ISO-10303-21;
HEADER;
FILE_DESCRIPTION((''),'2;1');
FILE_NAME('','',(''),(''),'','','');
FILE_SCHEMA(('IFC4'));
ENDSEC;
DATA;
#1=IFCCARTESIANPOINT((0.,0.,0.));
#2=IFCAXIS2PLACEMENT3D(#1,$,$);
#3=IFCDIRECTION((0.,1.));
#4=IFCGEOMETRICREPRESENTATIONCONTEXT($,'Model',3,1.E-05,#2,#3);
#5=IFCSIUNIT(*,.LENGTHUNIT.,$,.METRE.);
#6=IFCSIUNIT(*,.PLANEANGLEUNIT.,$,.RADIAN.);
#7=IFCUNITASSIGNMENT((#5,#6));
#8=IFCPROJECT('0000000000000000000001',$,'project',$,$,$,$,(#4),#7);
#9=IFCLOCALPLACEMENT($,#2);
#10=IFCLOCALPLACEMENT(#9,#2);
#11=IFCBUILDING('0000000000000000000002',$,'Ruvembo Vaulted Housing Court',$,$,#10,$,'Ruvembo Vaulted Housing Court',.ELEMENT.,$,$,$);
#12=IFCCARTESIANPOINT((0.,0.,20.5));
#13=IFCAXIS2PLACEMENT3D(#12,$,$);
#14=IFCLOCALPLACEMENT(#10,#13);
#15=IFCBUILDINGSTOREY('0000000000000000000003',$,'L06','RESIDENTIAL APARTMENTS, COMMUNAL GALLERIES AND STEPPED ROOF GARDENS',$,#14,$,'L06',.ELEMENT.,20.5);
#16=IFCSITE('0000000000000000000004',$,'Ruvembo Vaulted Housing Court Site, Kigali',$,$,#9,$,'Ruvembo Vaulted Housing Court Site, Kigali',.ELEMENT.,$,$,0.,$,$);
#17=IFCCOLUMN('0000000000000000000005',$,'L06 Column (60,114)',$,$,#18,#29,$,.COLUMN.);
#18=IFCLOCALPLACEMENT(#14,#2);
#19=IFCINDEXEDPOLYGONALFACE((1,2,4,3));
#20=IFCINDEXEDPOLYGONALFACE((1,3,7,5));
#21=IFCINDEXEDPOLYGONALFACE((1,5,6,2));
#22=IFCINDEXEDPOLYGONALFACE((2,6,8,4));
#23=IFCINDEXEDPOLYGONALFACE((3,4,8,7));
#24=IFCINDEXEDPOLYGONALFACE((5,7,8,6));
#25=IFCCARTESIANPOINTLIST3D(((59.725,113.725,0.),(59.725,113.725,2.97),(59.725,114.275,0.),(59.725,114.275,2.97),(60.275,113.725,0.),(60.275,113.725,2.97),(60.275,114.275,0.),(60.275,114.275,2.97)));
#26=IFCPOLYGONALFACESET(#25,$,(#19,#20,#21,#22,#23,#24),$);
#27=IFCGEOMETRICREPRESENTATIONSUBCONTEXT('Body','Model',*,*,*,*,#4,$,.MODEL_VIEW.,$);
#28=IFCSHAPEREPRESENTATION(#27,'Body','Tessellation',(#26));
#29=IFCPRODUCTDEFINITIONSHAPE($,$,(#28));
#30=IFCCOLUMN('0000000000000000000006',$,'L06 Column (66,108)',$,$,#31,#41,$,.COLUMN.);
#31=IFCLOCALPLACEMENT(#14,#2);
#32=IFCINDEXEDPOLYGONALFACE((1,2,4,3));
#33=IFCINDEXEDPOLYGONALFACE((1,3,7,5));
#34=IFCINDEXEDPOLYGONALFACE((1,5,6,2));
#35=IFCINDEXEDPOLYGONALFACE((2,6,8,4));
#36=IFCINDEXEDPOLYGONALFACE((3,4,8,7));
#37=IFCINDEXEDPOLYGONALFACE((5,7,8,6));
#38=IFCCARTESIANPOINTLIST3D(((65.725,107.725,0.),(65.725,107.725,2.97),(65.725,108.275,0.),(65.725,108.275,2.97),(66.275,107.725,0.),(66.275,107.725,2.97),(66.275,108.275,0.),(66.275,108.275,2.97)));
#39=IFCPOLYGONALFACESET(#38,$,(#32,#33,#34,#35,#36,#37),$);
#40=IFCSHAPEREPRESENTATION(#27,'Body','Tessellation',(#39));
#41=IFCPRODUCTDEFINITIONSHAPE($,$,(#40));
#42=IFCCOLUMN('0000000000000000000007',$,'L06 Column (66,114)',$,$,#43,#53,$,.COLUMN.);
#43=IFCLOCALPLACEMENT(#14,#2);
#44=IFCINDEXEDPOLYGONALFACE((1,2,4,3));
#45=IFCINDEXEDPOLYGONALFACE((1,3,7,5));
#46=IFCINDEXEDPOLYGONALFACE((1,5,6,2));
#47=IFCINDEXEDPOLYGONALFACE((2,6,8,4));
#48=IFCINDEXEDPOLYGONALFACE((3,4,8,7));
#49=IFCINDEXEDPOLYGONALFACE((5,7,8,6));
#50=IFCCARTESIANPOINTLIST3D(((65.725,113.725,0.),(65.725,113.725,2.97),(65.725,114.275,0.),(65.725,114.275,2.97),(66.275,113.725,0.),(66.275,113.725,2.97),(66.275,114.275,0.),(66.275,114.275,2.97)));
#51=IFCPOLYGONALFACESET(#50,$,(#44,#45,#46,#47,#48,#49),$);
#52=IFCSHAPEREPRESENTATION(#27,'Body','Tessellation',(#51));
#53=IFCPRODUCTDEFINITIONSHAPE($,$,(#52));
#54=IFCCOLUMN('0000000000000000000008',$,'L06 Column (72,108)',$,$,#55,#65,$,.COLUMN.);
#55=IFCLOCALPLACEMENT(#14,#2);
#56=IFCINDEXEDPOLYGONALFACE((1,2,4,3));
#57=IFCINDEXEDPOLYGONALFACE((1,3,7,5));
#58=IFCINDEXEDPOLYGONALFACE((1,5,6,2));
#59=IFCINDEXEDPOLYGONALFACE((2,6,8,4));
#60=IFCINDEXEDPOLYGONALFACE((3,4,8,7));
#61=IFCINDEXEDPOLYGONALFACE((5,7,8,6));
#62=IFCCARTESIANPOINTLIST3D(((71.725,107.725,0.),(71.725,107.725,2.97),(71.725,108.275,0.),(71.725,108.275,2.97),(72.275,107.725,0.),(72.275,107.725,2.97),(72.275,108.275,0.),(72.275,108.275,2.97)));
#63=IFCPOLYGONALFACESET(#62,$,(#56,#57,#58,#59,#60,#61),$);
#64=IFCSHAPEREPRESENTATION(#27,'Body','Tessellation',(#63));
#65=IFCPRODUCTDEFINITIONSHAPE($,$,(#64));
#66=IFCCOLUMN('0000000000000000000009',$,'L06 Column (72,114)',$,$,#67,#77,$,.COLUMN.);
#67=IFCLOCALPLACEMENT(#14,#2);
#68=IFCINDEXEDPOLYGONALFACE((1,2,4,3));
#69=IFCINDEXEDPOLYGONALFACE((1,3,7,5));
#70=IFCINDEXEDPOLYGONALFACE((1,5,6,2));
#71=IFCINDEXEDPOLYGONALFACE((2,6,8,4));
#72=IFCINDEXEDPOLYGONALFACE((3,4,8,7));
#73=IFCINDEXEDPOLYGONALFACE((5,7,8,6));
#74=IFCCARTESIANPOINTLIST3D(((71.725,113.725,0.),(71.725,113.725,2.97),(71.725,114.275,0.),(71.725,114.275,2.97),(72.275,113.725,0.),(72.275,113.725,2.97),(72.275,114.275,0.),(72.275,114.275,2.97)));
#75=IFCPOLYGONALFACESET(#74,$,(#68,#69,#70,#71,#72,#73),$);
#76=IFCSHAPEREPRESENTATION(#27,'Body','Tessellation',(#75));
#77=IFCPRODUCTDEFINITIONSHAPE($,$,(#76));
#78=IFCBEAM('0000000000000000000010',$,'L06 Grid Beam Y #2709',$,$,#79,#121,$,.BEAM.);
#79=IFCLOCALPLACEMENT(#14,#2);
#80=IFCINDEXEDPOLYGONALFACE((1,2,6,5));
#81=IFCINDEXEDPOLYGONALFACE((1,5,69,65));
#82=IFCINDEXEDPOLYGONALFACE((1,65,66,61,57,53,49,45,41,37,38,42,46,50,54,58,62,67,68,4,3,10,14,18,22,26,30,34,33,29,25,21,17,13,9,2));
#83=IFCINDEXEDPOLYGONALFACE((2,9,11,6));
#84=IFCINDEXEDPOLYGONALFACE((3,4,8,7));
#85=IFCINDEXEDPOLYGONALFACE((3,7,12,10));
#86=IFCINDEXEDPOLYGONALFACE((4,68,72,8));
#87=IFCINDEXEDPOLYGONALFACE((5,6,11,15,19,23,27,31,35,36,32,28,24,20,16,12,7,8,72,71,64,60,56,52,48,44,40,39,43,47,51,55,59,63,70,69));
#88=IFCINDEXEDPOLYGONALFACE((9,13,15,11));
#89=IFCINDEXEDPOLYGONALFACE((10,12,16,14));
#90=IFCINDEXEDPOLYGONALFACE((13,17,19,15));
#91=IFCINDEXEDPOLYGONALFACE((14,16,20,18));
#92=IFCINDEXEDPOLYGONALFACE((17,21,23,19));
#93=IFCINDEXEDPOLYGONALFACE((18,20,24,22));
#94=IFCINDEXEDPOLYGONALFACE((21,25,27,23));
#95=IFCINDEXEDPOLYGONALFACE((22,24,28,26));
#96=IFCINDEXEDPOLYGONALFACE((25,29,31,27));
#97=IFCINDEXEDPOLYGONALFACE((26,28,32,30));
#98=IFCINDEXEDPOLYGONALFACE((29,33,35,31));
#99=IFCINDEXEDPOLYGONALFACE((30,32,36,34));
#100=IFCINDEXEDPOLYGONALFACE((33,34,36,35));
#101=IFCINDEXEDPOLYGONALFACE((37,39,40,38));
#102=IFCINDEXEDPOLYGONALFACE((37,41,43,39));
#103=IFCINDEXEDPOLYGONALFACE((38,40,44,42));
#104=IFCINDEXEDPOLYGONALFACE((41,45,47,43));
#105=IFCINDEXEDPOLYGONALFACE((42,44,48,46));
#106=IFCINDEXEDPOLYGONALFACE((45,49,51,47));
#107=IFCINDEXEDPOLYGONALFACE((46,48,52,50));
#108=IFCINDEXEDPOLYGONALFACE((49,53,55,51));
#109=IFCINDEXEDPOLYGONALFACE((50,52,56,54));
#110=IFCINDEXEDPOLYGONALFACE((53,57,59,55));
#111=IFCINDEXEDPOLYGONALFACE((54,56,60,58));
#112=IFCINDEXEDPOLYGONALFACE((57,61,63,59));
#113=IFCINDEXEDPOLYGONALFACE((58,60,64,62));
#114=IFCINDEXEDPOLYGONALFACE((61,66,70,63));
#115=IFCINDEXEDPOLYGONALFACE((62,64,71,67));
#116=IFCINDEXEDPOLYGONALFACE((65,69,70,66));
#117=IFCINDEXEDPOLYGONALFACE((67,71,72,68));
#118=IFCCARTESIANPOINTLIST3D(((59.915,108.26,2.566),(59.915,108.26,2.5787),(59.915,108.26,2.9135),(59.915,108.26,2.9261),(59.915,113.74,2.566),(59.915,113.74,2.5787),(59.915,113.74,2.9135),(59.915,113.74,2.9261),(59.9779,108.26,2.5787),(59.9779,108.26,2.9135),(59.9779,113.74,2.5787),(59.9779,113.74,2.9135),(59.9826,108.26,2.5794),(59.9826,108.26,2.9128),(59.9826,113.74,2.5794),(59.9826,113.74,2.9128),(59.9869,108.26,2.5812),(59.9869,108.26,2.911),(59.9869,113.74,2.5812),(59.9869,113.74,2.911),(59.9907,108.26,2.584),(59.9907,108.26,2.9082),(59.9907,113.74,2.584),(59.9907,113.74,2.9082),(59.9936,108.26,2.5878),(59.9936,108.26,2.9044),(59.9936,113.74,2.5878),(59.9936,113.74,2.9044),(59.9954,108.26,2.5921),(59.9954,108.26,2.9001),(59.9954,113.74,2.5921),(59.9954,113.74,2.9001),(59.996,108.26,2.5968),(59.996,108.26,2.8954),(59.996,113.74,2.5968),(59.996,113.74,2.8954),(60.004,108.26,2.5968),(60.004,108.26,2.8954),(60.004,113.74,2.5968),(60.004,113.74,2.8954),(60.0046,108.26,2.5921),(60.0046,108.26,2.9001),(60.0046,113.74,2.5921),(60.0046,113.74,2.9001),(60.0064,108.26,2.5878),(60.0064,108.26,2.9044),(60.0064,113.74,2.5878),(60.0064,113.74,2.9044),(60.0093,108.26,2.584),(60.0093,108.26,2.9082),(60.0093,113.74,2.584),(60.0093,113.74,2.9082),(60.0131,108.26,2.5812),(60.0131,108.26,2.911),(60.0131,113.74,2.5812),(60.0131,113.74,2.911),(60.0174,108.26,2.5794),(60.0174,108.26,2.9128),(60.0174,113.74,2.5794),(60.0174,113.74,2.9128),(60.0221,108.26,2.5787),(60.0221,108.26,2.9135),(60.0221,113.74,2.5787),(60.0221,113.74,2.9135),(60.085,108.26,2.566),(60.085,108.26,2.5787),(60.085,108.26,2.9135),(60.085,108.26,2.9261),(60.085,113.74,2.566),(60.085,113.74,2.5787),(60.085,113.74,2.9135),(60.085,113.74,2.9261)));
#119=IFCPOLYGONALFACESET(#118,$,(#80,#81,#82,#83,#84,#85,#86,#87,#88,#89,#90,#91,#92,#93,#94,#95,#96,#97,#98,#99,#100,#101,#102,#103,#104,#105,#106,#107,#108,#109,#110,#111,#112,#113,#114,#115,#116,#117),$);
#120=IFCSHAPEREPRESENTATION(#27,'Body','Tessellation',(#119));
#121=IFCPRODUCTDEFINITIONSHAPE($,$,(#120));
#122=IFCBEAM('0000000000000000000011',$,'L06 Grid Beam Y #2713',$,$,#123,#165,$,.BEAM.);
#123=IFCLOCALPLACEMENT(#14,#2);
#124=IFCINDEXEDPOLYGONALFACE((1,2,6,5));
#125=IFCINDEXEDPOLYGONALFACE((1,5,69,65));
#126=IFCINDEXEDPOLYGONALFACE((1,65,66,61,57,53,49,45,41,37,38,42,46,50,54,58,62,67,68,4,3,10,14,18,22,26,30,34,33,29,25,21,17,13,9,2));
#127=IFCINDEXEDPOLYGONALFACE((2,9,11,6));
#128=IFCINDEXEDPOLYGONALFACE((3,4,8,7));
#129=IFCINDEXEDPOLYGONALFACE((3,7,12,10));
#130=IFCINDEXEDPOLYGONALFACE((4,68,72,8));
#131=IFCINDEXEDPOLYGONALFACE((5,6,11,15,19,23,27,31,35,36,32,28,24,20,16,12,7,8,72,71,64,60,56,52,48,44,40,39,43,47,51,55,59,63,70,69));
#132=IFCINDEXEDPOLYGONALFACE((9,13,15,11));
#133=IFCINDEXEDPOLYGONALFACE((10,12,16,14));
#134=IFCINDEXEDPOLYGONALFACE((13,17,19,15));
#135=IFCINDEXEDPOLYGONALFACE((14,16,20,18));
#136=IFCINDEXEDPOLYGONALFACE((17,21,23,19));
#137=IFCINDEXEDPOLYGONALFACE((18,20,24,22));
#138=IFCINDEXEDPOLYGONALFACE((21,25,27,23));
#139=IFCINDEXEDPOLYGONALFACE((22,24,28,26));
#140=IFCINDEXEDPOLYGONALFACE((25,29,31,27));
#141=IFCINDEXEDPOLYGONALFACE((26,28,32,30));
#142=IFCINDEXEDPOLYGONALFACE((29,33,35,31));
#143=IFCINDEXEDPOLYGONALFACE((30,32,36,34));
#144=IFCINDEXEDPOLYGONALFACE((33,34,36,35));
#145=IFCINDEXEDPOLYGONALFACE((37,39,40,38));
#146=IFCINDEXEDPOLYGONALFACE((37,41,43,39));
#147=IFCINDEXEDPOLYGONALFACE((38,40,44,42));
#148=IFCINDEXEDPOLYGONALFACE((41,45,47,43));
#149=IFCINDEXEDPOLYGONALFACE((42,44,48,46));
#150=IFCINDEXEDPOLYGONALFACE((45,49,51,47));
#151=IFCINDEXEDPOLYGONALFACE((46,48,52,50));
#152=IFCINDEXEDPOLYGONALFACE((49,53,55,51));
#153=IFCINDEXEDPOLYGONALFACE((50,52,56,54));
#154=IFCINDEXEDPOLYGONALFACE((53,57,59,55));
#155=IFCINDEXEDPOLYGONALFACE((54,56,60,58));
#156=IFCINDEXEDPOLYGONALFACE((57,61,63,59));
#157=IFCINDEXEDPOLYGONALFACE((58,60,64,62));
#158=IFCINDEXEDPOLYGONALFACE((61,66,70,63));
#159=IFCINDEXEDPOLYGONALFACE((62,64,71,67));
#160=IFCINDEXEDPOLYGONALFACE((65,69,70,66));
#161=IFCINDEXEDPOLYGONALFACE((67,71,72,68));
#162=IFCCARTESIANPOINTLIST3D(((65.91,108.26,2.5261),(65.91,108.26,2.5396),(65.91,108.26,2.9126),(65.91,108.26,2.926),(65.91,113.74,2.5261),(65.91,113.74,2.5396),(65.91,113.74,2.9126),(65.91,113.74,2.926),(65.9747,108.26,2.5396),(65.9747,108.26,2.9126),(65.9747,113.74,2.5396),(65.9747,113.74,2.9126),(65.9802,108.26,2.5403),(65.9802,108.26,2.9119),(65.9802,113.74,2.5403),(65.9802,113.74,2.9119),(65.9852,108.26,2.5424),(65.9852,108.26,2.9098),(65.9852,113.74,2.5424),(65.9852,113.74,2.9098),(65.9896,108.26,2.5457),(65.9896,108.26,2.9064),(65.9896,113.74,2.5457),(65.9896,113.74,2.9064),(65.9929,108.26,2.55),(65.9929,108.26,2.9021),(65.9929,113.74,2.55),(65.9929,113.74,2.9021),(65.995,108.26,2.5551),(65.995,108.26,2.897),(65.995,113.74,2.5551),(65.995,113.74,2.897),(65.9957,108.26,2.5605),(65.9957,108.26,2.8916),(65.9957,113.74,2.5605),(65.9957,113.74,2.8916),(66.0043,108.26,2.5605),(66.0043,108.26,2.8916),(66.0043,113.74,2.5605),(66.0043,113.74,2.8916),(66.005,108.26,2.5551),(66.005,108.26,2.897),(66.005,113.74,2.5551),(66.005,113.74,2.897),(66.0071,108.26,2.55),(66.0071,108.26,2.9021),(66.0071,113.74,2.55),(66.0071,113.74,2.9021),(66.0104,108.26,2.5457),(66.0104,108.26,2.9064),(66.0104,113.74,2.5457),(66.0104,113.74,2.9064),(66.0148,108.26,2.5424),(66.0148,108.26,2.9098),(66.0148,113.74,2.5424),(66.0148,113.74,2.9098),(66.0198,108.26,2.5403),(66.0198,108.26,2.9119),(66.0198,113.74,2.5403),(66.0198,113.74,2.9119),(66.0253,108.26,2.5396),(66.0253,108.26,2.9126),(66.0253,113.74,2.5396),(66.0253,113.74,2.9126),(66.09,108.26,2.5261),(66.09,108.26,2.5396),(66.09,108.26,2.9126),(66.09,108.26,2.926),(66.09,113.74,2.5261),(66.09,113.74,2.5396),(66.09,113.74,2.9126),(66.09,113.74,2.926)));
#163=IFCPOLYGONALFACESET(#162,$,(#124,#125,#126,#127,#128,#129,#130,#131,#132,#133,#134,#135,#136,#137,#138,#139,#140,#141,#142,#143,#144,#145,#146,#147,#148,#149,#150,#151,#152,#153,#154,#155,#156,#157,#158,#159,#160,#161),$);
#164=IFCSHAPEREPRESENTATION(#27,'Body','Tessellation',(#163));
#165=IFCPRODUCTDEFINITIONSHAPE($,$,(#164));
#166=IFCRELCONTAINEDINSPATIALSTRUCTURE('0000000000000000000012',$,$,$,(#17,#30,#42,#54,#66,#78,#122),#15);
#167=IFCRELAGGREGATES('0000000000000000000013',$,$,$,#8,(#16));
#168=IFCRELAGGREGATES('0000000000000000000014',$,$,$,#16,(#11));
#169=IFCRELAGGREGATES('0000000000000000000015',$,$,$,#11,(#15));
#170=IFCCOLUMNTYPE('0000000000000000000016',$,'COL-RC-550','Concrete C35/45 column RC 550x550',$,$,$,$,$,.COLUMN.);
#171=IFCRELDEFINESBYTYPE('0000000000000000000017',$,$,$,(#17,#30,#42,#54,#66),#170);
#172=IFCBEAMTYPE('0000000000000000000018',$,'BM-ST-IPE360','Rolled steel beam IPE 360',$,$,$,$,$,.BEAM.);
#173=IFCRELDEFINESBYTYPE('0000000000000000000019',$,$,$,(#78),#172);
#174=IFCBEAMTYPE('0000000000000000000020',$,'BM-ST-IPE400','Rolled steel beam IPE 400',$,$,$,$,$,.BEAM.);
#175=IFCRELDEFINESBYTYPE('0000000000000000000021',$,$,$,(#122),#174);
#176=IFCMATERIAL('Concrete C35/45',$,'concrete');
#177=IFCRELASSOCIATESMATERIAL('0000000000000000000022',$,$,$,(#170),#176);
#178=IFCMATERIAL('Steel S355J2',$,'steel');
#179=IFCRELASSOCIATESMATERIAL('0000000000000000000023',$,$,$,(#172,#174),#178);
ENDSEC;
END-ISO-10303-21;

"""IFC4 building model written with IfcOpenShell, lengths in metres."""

from ifc_helpers import new_model, si_unit, direction, frame, origin, origin_2d, place, context, subcontext, project, spatial, rectangle, i_section, extrude, material, material_profile, profile_set, type_object, element, save


model = new_model("IFC4")

# Units and contexts
model_context = context("Model", 3, precision=1e-05, world=origin(), true_north=direction((0.0, 1.0)))
body_context = subcontext(model_context, "Body", "Model", "MODEL_VIEW")
ifc_project = project(units=[si_unit("LENGTHUNIT", "METRE"), si_unit("PLANEANGLEUNIT", "RADIAN")], contexts=[model_context])

# Site, building, storey
site_placement = place(None, origin())
site = spatial("IfcSite", under=ifc_project, at=site_placement, Name="Ruvembo Vaulted Housing Court Site, Kigali", LongName="Ruvembo Vaulted Housing Court Site, Kigali", CompositionType="ELEMENT", RefElevation=0.0)
building_placement = place(site_placement, origin())
building = spatial("IfcBuilding", under=site, at=building_placement, Name="Ruvembo Vaulted Housing Court", LongName="Ruvembo Vaulted Housing Court", CompositionType="ELEMENT")
storey_placement = place(building_placement, frame((0.0, 0.0, 20.5)))
storey = spatial("IfcBuildingStorey", under=building, at=storey_placement, Name="L06", Description="RESIDENTIAL APARTMENTS, COMMUNAL GALLERIES AND STEPPED ROOF GARDENS", LongName="L06", CompositionType="ELEMENT", Elevation=20.5)

# Columns
ifc_material_1 = material(Name="Concrete C35/45", Category="concrete")
ifc_material_profile_1 = material_profile(ifc_material_1, rectangle(XDim=0.55, YDim=0.55, at=origin_2d()), Name="RC 550x550")
ifc_profile_set_1 = profile_set([ifc_material_profile_1], Name="Concrete C35/45")
column_type = type_object("IfcColumnType", Name="COL-RC-550", Description="Concrete C35/45 column RC 550x550", PredefinedType="COLUMN", material=ifc_profile_set_1)
for number, where, z_axis, x_axis, name in (
    (1, (60.0, 114.0, 0.0), (0.0, 0.0, 1.0), (1.0, 0.0, 0.0), "L06 Column (60,114)"),
    (2, (66.0, 108.0, 0.0), (0.0, 0.0, 1.0), (1.0, 0.0, 0.0), "L06 Column (66,108)"),
    (3, (66.0, 114.0, 0.0), (0.0, 0.0, 1.0), (1.0, 0.0, 0.0), "L06 Column (66,114)"),
    (4, (72.0, 108.0, 0.0), (0.0, 0.0, 1.0), (1.0, 0.0, 0.0), "L06 Column (72,108)"),
    (5, (72.0, 114.0, 0.0), (0.0, 0.0, 1.0), (1.0, 0.0, 0.0), "L06 Column (72,114)"),
):
    element("IfcColumn", number, at=place(storey_placement, frame(where, z_axis=z_axis, x_axis=x_axis)), inside=storey, type_object=column_type, Name=name, PredefinedType="COLUMN", context=body_context, shape_type="SweptSolid", body=[
        extrude(rectangle(XDim=0.55, YDim=0.55, at=origin_2d()), origin(), (0.0, 0.0, 1.0), 2.97),
    ])

# Beams
ifc_material_2 = material(Name="Steel S355J2", Category="steel")
ifc_material_profile_2 = material_profile(ifc_material_2, i_section(OverallWidth=0.1699, OverallDepth=0.3601, WebThickness=0.0081, FlangeThickness=0.0127, FilletRadius=0.0181, at=origin_2d()), Name="IPE 360")
ifc_profile_set_2 = profile_set([ifc_material_profile_2], Name="Steel S355J2")
beam_type_1 = type_object("IfcBeamType", Name="BM-ST-IPE360", Description="Rolled steel beam IPE 360", PredefinedType="BEAM", material=ifc_profile_set_2)
beam_1_placement = place(storey_placement, frame((60.0, 108.26, 2.7461), z_axis=(0.0, 1.0, 0.0), x_axis=(-1.0, 0.0, 0.0)))
element("IfcBeam", 6, at=beam_1_placement, inside=storey, type_object=beam_type_1, Name="L06 Grid Beam Y #2709", PredefinedType="BEAM", context=body_context, shape_type="SweptSolid", body=[
    extrude(i_section(OverallWidth=0.1699, OverallDepth=0.3601, WebThickness=0.0081, FlangeThickness=0.0127, FilletRadius=0.0181, at=origin_2d()), origin(), (0.0, 0.0, 1.0), 5.48),
])
ifc_material_profile_3 = material_profile(ifc_material_2, i_section(OverallWidth=0.1799, OverallDepth=0.3999, WebThickness=0.0085, FlangeThickness=0.0134, FilletRadius=0.021, at=origin_2d()), Name="IPE 400")
ifc_profile_set_3 = profile_set([ifc_material_profile_3], Name="Steel S355J2")
beam_type_2 = type_object("IfcBeamType", Name="BM-ST-IPE400", Description="Rolled steel beam IPE 400", PredefinedType="BEAM", material=ifc_profile_set_3)
beam_2_placement = place(storey_placement, frame((66.0, 108.26, 2.7261), z_axis=(0.0, 1.0, 0.0), x_axis=(-1.0, 0.0, 0.0)))
element("IfcBeam", 7, at=beam_2_placement, inside=storey, type_object=beam_type_2, Name="L06 Grid Beam Y #2713", PredefinedType="BEAM", context=body_context, shape_type="SweptSolid", body=[
    extrude(i_section(OverallWidth=0.1799, OverallDepth=0.3999, WebThickness=0.0085, FlangeThickness=0.0134, FilletRadius=0.021, at=origin_2d()), origin(), (0.0, 0.0, 1.0), 5.48),
])

save(model, "model.ifc")
